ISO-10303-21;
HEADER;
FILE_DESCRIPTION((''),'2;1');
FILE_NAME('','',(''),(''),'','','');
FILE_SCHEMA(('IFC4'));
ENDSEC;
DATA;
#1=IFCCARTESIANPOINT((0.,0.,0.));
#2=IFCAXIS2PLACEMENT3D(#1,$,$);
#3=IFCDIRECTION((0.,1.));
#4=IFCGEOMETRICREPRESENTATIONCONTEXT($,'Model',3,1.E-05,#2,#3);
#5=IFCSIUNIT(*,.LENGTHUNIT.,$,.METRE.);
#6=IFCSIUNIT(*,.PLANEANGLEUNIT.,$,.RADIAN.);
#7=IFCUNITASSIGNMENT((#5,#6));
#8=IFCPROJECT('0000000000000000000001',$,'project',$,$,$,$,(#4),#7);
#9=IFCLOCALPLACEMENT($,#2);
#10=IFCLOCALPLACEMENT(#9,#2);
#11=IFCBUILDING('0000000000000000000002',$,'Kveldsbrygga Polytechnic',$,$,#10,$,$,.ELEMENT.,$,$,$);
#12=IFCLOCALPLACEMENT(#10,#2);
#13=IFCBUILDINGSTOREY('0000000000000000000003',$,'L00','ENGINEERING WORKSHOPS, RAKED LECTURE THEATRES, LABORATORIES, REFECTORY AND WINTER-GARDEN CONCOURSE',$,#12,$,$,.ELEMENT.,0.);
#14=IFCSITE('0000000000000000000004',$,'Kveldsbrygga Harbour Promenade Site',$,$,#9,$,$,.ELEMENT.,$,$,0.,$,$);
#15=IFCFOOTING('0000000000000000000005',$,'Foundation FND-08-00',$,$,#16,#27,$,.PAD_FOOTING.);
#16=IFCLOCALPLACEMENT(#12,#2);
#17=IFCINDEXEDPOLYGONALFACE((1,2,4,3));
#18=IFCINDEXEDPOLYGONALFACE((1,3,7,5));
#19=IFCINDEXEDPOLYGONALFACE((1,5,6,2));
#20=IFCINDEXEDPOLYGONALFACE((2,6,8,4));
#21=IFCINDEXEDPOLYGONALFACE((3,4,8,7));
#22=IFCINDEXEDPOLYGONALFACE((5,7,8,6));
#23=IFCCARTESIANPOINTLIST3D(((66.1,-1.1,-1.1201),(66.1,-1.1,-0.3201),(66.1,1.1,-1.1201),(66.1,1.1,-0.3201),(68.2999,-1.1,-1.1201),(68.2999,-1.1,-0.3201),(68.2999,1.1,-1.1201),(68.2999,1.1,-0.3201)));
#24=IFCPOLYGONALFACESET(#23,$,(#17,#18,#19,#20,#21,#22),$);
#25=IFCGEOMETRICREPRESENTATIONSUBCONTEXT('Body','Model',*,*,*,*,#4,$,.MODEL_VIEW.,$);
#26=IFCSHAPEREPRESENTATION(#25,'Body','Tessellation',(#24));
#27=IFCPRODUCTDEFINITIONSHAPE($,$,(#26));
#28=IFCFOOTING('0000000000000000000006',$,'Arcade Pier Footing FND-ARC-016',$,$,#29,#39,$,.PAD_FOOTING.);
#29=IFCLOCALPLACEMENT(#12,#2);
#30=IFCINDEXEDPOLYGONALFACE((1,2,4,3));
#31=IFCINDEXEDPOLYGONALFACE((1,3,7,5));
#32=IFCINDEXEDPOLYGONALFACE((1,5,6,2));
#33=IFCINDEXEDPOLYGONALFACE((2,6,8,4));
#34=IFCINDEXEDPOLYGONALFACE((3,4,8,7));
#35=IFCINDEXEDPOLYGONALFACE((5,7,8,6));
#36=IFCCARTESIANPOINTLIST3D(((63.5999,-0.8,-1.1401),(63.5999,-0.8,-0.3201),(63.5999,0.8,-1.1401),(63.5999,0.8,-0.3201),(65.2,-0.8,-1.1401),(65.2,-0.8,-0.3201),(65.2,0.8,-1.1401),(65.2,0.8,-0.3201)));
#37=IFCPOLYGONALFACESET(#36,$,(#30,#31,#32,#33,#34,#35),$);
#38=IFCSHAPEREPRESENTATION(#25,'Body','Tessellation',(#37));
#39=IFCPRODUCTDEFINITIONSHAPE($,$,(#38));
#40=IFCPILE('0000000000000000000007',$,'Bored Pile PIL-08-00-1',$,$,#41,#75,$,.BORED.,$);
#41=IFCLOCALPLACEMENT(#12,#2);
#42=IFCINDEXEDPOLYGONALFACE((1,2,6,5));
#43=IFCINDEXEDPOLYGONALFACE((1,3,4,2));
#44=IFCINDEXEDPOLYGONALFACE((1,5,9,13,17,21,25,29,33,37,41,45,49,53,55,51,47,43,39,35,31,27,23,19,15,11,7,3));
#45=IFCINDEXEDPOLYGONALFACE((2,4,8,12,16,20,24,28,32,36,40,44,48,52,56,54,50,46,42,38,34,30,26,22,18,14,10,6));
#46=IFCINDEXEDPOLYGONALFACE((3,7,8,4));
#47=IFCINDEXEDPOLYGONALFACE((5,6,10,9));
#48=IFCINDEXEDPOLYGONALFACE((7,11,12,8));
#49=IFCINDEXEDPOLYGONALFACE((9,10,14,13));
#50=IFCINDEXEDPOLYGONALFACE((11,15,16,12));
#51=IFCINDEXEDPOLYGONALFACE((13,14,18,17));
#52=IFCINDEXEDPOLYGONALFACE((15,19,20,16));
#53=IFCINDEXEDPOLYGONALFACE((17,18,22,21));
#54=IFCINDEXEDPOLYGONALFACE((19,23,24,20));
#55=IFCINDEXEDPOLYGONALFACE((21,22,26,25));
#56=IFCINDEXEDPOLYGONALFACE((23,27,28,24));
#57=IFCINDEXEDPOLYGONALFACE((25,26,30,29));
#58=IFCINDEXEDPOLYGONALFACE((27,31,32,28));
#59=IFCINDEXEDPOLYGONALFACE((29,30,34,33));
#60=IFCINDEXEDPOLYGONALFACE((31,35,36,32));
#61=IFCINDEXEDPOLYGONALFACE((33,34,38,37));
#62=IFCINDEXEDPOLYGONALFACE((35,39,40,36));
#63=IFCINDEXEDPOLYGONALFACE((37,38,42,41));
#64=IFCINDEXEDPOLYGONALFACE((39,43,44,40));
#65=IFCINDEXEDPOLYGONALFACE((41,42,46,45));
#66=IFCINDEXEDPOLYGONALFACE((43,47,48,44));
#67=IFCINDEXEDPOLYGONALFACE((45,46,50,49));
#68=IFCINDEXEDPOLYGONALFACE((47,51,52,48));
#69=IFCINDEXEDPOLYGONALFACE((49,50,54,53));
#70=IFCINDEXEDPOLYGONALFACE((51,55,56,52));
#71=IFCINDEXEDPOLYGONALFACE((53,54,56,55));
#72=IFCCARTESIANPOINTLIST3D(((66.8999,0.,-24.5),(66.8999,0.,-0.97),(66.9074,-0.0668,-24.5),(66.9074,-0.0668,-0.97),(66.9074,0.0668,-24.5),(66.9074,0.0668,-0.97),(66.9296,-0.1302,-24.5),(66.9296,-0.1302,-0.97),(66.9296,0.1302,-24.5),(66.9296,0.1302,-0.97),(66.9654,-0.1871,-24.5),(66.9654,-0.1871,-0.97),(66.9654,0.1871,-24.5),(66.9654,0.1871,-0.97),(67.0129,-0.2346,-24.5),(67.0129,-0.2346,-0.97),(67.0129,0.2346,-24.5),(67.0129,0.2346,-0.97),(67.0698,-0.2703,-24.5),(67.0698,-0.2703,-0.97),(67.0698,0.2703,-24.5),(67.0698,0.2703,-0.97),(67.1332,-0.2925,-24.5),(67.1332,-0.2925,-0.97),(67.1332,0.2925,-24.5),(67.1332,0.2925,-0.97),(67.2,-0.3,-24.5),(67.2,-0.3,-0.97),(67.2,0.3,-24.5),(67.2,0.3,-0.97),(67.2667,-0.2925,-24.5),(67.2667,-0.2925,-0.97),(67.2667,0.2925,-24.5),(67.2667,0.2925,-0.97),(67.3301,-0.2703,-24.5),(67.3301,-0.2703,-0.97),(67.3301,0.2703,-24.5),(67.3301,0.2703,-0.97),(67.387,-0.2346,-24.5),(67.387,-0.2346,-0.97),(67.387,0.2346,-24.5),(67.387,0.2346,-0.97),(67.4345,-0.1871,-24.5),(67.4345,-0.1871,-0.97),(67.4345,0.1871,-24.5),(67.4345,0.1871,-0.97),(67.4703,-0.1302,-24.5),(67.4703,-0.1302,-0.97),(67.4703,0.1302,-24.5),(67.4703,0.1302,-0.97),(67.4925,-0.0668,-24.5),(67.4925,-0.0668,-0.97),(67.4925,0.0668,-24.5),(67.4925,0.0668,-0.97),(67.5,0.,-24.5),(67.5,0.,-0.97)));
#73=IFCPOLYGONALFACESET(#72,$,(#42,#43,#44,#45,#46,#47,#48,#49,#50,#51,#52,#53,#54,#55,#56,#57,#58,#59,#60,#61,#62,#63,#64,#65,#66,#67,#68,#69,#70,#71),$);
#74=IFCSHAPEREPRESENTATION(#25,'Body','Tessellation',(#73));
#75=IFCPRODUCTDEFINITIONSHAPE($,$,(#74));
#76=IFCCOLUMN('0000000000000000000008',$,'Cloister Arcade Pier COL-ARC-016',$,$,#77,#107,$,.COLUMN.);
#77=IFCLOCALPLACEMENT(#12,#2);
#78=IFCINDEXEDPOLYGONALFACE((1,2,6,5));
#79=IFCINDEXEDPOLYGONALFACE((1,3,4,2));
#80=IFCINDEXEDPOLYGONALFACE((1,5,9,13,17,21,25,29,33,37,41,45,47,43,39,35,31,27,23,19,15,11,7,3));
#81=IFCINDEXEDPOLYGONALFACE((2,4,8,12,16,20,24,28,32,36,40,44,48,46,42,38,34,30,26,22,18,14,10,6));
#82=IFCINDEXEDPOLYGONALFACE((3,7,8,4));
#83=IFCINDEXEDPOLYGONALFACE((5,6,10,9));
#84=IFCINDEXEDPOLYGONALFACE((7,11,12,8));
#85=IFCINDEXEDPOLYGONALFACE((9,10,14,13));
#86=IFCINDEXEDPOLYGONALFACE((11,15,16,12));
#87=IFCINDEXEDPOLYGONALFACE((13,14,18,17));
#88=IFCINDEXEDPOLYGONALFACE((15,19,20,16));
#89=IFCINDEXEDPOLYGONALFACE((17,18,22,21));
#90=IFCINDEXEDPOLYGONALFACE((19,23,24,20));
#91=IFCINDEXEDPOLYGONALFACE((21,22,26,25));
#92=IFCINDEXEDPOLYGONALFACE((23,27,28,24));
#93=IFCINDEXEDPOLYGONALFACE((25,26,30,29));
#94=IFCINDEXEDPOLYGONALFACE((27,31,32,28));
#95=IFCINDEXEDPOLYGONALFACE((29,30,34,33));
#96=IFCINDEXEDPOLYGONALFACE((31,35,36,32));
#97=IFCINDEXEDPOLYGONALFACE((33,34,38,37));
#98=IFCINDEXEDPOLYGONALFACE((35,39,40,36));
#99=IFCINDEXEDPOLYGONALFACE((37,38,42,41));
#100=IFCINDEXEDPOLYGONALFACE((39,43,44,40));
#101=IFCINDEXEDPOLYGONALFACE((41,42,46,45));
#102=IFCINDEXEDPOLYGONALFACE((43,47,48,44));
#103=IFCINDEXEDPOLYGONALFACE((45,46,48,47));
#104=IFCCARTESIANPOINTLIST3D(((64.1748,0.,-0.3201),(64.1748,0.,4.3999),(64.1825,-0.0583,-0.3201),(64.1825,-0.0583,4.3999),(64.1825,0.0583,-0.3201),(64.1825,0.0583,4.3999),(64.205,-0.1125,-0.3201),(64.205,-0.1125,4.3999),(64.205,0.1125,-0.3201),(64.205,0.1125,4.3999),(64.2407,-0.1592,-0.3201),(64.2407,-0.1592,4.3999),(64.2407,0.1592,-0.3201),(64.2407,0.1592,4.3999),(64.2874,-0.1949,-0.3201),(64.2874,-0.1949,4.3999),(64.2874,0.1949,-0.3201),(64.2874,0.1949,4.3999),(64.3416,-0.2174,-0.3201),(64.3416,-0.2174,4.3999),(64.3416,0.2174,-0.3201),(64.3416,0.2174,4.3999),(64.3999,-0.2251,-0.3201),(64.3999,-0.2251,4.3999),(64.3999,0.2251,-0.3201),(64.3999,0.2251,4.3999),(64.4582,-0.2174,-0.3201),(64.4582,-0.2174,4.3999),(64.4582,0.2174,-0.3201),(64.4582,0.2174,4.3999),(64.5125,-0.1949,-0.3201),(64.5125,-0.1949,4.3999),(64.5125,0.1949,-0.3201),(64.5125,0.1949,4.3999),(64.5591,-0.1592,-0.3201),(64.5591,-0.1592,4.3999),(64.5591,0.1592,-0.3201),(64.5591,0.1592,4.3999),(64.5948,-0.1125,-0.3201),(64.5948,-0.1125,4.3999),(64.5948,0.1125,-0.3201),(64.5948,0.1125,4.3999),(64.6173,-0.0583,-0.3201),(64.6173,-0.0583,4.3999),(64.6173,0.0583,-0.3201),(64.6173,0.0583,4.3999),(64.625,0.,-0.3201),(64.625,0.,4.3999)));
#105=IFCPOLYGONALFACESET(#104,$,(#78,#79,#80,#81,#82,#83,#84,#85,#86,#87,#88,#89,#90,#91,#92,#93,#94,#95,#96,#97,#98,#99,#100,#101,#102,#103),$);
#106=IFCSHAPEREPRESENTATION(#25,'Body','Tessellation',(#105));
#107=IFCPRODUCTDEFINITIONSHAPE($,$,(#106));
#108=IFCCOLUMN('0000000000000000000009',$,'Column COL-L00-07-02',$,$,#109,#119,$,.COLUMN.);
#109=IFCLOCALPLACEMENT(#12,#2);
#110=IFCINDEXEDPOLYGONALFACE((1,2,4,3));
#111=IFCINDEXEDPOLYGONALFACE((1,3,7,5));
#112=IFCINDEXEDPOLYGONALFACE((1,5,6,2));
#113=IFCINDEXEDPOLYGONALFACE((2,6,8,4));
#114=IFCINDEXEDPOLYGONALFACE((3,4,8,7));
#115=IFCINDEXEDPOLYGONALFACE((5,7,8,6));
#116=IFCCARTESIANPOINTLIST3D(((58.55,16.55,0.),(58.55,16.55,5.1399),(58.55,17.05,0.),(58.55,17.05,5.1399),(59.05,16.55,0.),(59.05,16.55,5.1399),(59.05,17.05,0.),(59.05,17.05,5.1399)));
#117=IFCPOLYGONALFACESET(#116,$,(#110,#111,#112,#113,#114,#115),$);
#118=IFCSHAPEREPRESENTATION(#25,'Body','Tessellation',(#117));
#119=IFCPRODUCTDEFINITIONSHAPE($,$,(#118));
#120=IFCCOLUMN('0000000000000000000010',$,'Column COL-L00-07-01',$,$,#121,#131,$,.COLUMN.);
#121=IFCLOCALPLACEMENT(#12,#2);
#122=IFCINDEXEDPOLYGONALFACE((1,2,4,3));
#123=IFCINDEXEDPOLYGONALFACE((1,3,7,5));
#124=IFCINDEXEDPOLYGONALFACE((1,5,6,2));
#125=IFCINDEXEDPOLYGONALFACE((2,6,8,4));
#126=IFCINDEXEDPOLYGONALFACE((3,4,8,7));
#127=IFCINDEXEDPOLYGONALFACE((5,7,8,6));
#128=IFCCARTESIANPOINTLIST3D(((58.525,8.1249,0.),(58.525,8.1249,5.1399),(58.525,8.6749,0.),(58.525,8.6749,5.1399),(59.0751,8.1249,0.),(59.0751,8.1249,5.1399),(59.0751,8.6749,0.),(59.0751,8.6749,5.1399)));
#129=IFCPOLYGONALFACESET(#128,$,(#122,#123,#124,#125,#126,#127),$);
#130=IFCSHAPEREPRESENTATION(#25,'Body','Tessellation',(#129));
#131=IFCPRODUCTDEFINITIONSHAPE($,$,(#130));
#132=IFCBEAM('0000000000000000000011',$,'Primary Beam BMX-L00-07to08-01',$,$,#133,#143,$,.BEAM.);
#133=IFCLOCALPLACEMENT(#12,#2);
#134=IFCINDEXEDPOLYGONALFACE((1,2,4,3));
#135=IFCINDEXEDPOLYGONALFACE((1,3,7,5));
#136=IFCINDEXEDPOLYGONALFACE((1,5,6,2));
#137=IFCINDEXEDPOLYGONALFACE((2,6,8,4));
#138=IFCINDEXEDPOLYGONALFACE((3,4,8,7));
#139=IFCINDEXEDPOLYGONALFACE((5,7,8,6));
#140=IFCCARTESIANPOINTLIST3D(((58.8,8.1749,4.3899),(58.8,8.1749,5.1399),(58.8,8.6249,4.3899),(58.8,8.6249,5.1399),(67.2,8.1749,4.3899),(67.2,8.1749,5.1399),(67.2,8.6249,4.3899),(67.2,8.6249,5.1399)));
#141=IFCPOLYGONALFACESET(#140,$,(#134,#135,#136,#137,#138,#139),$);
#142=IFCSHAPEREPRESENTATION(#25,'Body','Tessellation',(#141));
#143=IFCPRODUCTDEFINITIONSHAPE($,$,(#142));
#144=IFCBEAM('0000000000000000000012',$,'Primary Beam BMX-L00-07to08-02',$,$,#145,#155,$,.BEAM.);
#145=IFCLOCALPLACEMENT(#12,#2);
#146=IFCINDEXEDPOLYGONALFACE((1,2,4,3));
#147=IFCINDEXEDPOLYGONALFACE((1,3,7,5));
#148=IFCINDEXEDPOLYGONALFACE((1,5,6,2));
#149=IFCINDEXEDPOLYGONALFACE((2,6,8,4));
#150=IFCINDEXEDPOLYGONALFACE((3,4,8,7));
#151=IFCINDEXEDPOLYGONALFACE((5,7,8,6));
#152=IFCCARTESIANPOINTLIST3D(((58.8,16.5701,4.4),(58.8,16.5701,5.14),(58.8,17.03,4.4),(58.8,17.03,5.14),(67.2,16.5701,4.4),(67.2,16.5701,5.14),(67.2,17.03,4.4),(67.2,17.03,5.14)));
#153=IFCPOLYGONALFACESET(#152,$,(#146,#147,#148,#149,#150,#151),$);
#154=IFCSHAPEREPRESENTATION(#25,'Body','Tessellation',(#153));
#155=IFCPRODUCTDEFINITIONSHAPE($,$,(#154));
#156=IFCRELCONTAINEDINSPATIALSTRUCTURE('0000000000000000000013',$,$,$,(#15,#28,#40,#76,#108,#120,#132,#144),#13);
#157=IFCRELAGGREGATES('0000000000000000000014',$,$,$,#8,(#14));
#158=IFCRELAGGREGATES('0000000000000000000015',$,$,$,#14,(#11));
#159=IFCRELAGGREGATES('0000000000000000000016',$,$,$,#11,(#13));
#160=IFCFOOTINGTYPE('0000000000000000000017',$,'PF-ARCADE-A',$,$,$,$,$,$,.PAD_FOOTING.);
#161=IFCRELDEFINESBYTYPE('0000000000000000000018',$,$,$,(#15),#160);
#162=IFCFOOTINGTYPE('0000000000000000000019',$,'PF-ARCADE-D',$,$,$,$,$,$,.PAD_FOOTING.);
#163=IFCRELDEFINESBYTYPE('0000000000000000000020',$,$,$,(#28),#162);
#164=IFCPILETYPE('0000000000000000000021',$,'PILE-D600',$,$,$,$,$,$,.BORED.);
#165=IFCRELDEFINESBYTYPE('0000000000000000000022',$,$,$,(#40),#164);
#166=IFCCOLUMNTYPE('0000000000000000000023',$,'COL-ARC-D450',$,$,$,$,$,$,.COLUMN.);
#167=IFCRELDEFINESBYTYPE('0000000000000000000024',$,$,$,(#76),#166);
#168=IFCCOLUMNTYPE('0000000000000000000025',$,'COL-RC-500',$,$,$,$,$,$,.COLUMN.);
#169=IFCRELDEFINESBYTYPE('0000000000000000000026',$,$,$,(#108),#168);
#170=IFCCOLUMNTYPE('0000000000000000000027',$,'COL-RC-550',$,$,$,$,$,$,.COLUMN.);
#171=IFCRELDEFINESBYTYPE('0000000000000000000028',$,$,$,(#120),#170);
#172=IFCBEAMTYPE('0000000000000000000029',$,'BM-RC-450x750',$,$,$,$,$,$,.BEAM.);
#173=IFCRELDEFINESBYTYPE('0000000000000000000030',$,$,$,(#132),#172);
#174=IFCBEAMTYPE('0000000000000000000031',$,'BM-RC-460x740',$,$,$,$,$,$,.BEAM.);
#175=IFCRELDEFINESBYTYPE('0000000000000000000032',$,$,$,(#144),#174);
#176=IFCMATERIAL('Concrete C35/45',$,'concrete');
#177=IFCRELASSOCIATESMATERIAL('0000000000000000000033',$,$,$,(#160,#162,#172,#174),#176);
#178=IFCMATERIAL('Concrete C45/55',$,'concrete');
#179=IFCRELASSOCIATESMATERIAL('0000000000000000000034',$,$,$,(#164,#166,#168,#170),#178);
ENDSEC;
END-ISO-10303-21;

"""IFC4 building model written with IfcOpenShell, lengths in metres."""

from ifc_helpers import new_model, si_unit, direction, frame, origin, origin_2d, place, context, subcontext, project, spatial, rectangle, circle, extrude, material, material_profile, profile_set, type_object, element, save


model = new_model("IFC4")

# Units and contexts
model_context = context("Model", 3, precision=1e-05, world=origin(), true_north=direction((0.0, 1.0)))
body_context = subcontext(model_context, "Body", "Model", "MODEL_VIEW")
ifc_project = project(units=[si_unit("LENGTHUNIT", "METRE"), si_unit("PLANEANGLEUNIT", "RADIAN")], contexts=[model_context])

# Site, building, storey
site_placement = place(None, origin())
site = spatial("IfcSite", under=ifc_project, at=site_placement, Name="Kveldsbrygga Harbour Promenade Site", CompositionType="ELEMENT", RefElevation=0.0)
building_placement = place(site_placement, origin())
building = spatial("IfcBuilding", under=site, at=building_placement, Name="Kveldsbrygga Polytechnic", CompositionType="ELEMENT")
storey_placement = place(building_placement, origin())
storey = spatial("IfcBuildingStorey", under=building, at=storey_placement, Name="L00", Description="ENGINEERING WORKSHOPS, RAKED LECTURE THEATRES, LABORATORIES, REFECTORY AND WINTER-GARDEN CONCOURSE", CompositionType="ELEMENT", Elevation=0.0)

# Footings
ifc_material_1 = material(Name="Concrete C35/45", Category="concrete")
footing_type_1 = type_object("IfcFootingType", Name="PF-ARCADE-A", PredefinedType="PAD_FOOTING", material=ifc_material_1)
footing_1_placement = place(storey_placement, frame((67.2, 0.0, -1.1201), z_axis=(0.0, 0.0, 1.0), x_axis=(1.0, 0.0, 0.0)))
element("IfcFooting", 1, at=footing_1_placement, inside=storey, type_object=footing_type_1, Name="Foundation FND-08-00", PredefinedType="PAD_FOOTING", context=body_context, shape_type="SweptSolid", body=[
    extrude(rectangle(XDim=2.2, YDim=2.2, at=origin_2d()), origin(), (0.0, 0.0, 1.0), 0.8),
])
footing_type_2 = type_object("IfcFootingType", Name="PF-ARCADE-D", PredefinedType="PAD_FOOTING", material=ifc_material_1)
footing_2_placement = place(storey_placement, frame((64.3999, 0.0, -1.1401), z_axis=(0.0, 0.0, 1.0), x_axis=(1.0, 0.0, 0.0)))
element("IfcFooting", 2, at=footing_2_placement, inside=storey, type_object=footing_type_2, Name="Arcade Pier Footing FND-ARC-016", PredefinedType="PAD_FOOTING", context=body_context, shape_type="SweptSolid", body=[
    extrude(rectangle(XDim=1.6001, YDim=1.6001, at=origin_2d()), origin(), (0.0, 0.0, 1.0), 0.8201),
])

# Pile
ifc_material_2 = material(Name="Concrete C45/55", Category="concrete")
ifc_material_profile_1 = material_profile(ifc_material_2, circle(Radius=0.3, at=origin_2d()), Name="PILE D600")
ifc_profile_set_1 = profile_set([ifc_material_profile_1], Name="Concrete C45/55")
pile_type = type_object("IfcPileType", Name="PILE-D600", PredefinedType="BORED", material=ifc_profile_set_1)
pile_placement = place(storey_placement, frame((67.2, 0.0, -0.97), z_axis=(0.0, 0.0, -1.0), x_axis=(1.0, 0.0, 0.0)))
element("IfcPile", 3, at=pile_placement, inside=storey, type_object=pile_type, Name="Bored Pile PIL-08-00-1", PredefinedType="BORED", context=body_context, shape_type="SweptSolid", body=[
    extrude(circle(Radius=0.3, at=origin_2d()), origin(), (0.0, 0.0, 1.0), 23.53),
])

# Columns
ifc_material_profile_2 = material_profile(ifc_material_2, circle(Radius=0.2251, at=origin_2d()), Name="RC D450")
ifc_profile_set_2 = profile_set([ifc_material_profile_2], Name="Concrete C45/55")
column_type_1 = type_object("IfcColumnType", Name="COL-ARC-D450", PredefinedType="COLUMN", material=ifc_profile_set_2)
column_1_placement = place(storey_placement, frame((64.3999, 0.0, -0.3201), z_axis=(0.0, 0.0, 1.0), x_axis=(1.0, 0.0, 0.0)))
element("IfcColumn", 4, at=column_1_placement, inside=storey, type_object=column_type_1, Name="Cloister Arcade Pier COL-ARC-016", PredefinedType="COLUMN", context=body_context, shape_type="SweptSolid", body=[
    extrude(circle(Radius=0.2251, at=origin_2d()), origin(), (0.0, 0.0, 1.0), 4.72),
])
ifc_material_profile_3 = material_profile(ifc_material_2, rectangle(XDim=0.5, YDim=0.5, at=origin_2d()), Name="RC 500x500")
ifc_profile_set_3 = profile_set([ifc_material_profile_3], Name="Concrete C45/55")
column_type_2 = type_object("IfcColumnType", Name="COL-RC-500", PredefinedType="COLUMN", material=ifc_profile_set_3)
column_2_placement = place(storey_placement, frame((58.8, 16.8, 0.0), z_axis=(0.0, 0.0, 1.0), x_axis=(1.0, 0.0, 0.0)))
element("IfcColumn", 5, at=column_2_placement, inside=storey, type_object=column_type_2, Name="Column COL-L00-07-02", PredefinedType="COLUMN", context=body_context, shape_type="SweptSolid", body=[
    extrude(rectangle(XDim=0.5, YDim=0.5, at=origin_2d()), origin(), (0.0, 0.0, 1.0), 5.1399),
])
ifc_material_profile_4 = material_profile(ifc_material_2, rectangle(XDim=0.55, YDim=0.55, at=origin_2d()), Name="RC 550x550")
ifc_profile_set_4 = profile_set([ifc_material_profile_4], Name="Concrete C45/55")
column_type_3 = type_object("IfcColumnType", Name="COL-RC-550", PredefinedType="COLUMN", material=ifc_profile_set_4)
column_3_placement = place(storey_placement, frame((58.8, 8.3999, 0.0), z_axis=(0.0, 0.0, 1.0), x_axis=(1.0, 0.0, 0.0)))
element("IfcColumn", 6, at=column_3_placement, inside=storey, type_object=column_type_3, Name="Column COL-L00-07-01", PredefinedType="COLUMN", context=body_context, shape_type="SweptSolid", body=[
    extrude(rectangle(XDim=0.55, YDim=0.55, at=origin_2d()), origin(), (0.0, 0.0, 1.0), 5.1399),
])

# Beams
ifc_material_profile_5 = material_profile(ifc_material_1, rectangle(XDim=0.45, YDim=0.75, at=origin_2d()), Name="RC 450x750")
ifc_profile_set_5 = profile_set([ifc_material_profile_5], Name="Concrete C35/45")
beam_type_1 = type_object("IfcBeamType", Name="BM-RC-450x750", PredefinedType="BEAM", material=ifc_profile_set_5)
beam_1_placement = place(storey_placement, frame((58.8, 8.3999, 4.7649), z_axis=(1.0, 0.0, 0.0), x_axis=(0.0, 1.0, 0.0)))
element("IfcBeam", 7, at=beam_1_placement, inside=storey, type_object=beam_type_1, Name="Primary Beam BMX-L00-07to08-01", PredefinedType="BEAM", context=body_context, shape_type="SweptSolid", body=[
    extrude(rectangle(XDim=0.45, YDim=0.75, at=origin_2d()), origin(), (0.0, 0.0, 1.0), 8.3999),
])
ifc_material_profile_6 = material_profile(ifc_material_1, rectangle(XDim=0.46, YDim=0.74, at=origin_2d()), Name="RC 460x740")
ifc_profile_set_6 = profile_set([ifc_material_profile_6], Name="Concrete C35/45")
beam_type_2 = type_object("IfcBeamType", Name="BM-RC-460x740", PredefinedType="BEAM", material=ifc_profile_set_6)
beam_2_placement = place(storey_placement, frame((58.8, 16.8, 4.77), z_axis=(1.0, 0.0, 0.0), x_axis=(0.0, 1.0, 0.0)))
element("IfcBeam", 8, at=beam_2_placement, inside=storey, type_object=beam_type_2, Name="Primary Beam BMX-L00-07to08-02", PredefinedType="BEAM", context=body_context, shape_type="SweptSolid", body=[
    extrude(rectangle(XDim=0.46, YDim=0.74, at=origin_2d()), origin(), (0.0, 0.0, 1.0), 8.3999),
])

save(model, "model.ifc")
